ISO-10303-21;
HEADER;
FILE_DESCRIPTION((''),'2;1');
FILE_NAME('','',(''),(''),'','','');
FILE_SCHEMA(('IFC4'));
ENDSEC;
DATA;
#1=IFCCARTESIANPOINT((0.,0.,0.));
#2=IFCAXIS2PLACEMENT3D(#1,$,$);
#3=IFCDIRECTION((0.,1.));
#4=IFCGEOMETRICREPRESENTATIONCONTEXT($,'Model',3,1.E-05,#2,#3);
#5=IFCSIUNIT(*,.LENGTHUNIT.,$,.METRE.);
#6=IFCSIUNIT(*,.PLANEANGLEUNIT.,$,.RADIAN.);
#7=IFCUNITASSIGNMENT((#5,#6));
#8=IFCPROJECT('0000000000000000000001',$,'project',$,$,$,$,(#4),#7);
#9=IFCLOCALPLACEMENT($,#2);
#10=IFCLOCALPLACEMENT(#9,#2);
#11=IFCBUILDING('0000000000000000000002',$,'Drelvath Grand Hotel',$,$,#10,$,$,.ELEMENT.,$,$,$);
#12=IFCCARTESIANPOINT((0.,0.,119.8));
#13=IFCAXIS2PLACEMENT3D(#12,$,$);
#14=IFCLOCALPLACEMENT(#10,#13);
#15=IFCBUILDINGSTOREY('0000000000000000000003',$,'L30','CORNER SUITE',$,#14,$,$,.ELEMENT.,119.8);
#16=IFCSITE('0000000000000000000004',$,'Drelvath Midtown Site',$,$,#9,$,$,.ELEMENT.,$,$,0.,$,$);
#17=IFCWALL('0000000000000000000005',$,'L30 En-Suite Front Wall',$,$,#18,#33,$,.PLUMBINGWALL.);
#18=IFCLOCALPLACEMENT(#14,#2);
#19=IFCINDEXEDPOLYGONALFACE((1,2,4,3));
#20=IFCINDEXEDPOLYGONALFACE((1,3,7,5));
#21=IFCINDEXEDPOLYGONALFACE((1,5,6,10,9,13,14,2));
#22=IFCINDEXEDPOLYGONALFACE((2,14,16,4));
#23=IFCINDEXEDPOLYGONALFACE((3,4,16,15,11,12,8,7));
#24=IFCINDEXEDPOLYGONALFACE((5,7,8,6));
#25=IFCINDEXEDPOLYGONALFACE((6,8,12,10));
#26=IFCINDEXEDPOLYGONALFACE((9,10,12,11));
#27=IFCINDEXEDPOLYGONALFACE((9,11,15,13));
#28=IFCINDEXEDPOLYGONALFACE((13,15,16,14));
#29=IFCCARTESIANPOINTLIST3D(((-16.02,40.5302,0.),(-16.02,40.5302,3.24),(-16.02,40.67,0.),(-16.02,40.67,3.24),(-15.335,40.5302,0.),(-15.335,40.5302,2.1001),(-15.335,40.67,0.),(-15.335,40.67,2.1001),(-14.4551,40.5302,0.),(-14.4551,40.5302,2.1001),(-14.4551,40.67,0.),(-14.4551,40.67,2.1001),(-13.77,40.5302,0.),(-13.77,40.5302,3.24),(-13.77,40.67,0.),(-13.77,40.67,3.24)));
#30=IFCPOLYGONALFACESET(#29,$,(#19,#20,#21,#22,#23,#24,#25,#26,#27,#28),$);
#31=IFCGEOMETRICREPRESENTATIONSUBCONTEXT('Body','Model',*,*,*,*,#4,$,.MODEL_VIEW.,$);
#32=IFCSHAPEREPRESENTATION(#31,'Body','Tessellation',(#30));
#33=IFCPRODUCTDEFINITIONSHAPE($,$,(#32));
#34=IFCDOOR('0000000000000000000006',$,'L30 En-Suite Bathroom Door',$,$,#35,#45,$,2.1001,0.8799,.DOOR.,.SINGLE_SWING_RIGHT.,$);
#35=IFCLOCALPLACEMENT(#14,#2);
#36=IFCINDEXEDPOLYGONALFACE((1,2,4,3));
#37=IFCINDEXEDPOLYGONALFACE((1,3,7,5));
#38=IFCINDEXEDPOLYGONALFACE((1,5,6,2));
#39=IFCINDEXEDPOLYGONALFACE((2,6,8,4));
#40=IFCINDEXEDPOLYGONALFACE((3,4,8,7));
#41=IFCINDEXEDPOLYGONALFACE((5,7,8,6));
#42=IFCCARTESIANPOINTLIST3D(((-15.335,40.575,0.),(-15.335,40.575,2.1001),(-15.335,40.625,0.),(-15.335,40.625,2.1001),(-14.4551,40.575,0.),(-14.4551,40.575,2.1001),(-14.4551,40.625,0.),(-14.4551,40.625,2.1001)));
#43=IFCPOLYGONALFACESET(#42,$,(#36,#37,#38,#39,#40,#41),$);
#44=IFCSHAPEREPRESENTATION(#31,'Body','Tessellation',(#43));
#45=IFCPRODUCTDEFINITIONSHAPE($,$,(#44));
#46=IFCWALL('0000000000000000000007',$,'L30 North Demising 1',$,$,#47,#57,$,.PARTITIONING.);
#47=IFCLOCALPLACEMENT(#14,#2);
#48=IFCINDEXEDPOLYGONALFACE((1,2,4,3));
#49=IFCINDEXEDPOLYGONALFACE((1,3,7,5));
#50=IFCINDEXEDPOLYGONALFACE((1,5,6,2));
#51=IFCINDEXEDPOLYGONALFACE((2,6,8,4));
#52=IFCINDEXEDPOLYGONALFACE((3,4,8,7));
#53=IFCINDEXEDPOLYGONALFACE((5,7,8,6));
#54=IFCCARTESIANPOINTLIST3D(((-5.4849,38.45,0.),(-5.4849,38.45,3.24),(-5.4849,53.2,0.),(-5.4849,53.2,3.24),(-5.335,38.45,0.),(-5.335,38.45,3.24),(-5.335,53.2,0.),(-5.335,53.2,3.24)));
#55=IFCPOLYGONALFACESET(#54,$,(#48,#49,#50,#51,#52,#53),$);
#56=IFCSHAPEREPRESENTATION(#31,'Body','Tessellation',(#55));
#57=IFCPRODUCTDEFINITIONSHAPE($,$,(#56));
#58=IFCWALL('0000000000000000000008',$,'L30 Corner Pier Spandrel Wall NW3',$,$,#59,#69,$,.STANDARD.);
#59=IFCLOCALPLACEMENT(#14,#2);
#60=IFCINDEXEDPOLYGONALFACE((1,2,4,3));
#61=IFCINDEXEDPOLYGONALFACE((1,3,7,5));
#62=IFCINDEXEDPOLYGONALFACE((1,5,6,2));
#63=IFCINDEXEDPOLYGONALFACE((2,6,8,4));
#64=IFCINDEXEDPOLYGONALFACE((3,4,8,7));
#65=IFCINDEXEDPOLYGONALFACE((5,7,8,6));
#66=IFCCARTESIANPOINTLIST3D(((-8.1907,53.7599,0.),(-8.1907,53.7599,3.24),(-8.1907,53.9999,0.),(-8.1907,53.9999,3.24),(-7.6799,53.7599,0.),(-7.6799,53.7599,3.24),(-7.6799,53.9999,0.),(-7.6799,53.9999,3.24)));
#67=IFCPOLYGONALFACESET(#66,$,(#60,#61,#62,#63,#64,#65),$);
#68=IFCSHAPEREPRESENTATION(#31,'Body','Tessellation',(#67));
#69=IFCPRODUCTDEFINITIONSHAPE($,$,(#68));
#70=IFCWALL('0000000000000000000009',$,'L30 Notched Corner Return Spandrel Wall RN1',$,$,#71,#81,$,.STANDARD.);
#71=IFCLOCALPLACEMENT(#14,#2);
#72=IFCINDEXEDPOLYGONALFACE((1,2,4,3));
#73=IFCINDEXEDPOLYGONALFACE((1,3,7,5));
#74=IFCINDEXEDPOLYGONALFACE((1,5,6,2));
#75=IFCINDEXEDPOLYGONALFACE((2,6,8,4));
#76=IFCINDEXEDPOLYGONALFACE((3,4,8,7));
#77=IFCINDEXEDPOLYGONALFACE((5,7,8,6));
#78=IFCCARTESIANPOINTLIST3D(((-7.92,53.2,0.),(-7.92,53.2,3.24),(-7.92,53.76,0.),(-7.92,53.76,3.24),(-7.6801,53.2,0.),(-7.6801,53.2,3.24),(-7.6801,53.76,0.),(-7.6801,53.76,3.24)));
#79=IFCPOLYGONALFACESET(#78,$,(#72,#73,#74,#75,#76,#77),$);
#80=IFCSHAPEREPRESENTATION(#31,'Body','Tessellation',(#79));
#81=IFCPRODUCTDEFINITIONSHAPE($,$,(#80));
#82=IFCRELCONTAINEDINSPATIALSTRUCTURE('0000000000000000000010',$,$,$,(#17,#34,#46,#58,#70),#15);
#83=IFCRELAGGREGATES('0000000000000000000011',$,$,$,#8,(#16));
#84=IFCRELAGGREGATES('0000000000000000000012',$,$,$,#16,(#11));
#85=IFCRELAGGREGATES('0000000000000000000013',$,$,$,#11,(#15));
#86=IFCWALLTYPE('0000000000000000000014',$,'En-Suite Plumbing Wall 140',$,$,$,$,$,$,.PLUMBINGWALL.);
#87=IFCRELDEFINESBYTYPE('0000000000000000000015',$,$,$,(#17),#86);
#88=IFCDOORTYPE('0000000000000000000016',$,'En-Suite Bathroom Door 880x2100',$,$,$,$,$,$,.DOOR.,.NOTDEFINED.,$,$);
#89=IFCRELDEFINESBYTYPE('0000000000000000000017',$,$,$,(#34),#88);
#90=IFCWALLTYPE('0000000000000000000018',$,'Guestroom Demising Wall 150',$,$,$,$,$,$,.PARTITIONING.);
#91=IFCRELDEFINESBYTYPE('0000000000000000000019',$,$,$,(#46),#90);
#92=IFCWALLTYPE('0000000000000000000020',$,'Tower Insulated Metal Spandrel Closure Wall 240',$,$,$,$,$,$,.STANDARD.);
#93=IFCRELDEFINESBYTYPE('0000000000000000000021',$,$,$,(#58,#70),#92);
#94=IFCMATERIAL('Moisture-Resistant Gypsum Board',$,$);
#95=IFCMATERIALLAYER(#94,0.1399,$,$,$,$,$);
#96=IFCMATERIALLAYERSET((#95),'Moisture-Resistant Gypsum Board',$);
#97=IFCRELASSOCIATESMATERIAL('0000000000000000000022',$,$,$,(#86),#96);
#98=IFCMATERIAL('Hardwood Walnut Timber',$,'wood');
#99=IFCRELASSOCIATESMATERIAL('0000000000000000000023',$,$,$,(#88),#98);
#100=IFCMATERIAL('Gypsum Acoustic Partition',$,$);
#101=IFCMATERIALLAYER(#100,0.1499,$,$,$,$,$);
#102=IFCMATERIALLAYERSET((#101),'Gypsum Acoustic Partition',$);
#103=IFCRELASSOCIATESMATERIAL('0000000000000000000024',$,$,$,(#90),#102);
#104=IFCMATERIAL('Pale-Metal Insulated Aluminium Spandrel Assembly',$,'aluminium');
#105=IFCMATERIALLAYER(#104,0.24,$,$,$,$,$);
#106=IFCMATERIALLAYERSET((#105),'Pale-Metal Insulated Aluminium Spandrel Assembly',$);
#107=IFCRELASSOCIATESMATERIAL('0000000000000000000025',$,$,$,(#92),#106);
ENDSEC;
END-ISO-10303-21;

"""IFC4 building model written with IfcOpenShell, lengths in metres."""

from ifc_helpers import new_model, si_unit, direction, frame, frame_2d, origin, place, context, subcontext, project, spatial, rectangle, extrude, material, layer, layer_set, type_object, element, fill, save


model = new_model("IFC4")

# Units and contexts
model_context = context("Model", 3, precision=1e-05, world=origin(), true_north=direction((0.0, 1.0)))
body_context = subcontext(model_context, "Body", "Model", "MODEL_VIEW")
ifc_project = project(units=[si_unit("LENGTHUNIT", "METRE"), si_unit("PLANEANGLEUNIT", "RADIAN")], contexts=[model_context])

# Site, building, storey
site_placement = place(None, origin())
site = spatial("IfcSite", under=ifc_project, at=site_placement, Name="Drelvath Midtown Site", CompositionType="ELEMENT", RefElevation=0.0)
building_placement = place(site_placement, origin())
building = spatial("IfcBuilding", under=site, at=building_placement, Name="Drelvath Grand Hotel", CompositionType="ELEMENT")
storey_placement = place(building_placement, frame((0.0, 0.0, 119.8)))
storey = spatial("IfcBuildingStorey", under=building, at=storey_placement, Name="L30", Description="CORNER SUITE", CompositionType="ELEMENT", Elevation=119.8)

# Wall, opening, door
ifc_material_1 = material(Name="Moisture-Resistant Gypsum Board")
ifc_layer_1 = layer(ifc_material_1, 0.1399)
ifc_layer_set_1 = layer_set([ifc_layer_1], Name="Moisture-Resistant Gypsum Board")
wall_type_1 = type_object("IfcWallType", Name="En-Suite Plumbing Wall 140", PredefinedType="PLUMBINGWALL", material=ifc_layer_set_1)
wall_1_placement = place(storey_placement, frame((-16.02, 40.6001, 0.0), z_axis=(0.0, 0.0, 1.0), x_axis=(1.0, 0.0, 0.0)))
wall_1 = element("IfcWall", 1, at=wall_1_placement, inside=storey, type_object=wall_type_1, Name="L30 En-Suite Front Wall", PredefinedType="PLUMBINGWALL", context=body_context, shape_type="SweptSolid", body=[
    extrude(rectangle(XDim=2.25, YDim=0.1399, at=frame_2d((1.125, 0.0))), origin(), (0.0, 0.0, 1.0), 3.24),
])
opening_placement = place(wall_1_placement, frame((0.6851, 0.0, 0.0)))
opening = element("IfcOpeningElement", 2, at=opening_placement, cuts=wall_1, PredefinedType="OPENING", context=body_context, shape_type="SweptSolid", body=[
    extrude(rectangle(XDim=0.8799, YDim=2.1001, at=frame_2d((0.4399, 1.05))), frame((0.0, 0.0798, 0.0), z_axis=(0.0, -1.0, 0.0), x_axis=(1.0, 0.0, 0.0)), (0.0, 0.0, 1.0), 0.1599),
])
ifc_material_2 = material(Name="Hardwood Walnut Timber", Category="wood")
door_type = type_object("IfcDoorType", Name="En-Suite Bathroom Door 880x2100", OperationType="NOTDEFINED", PredefinedType="DOOR", material=ifc_material_2)
door_placement = place(opening_placement, origin())
door = element("IfcDoor", 3, at=door_placement, inside=storey, type_object=door_type, Name="L30 En-Suite Bathroom Door", OperationType="SINGLE_SWING_RIGHT", OverallHeight=2.1001, OverallWidth=0.8799, PredefinedType="DOOR", context=body_context, shape_type="SweptSolid", body=[
    extrude(rectangle(XDim=0.8799, YDim=2.1001, at=frame_2d((0.4399, 1.05))), frame((0.0, 0.0249, 0.0), z_axis=(0.0, -1.0, 0.0), x_axis=(1.0, 0.0, 0.0)), (0.0, 0.0, 1.0), 0.05),
])
fill(opening, door)

# Walls
ifc_material_3 = material(Name="Gypsum Acoustic Partition")
ifc_layer_2 = layer(ifc_material_3, 0.1499)
ifc_layer_set_2 = layer_set([ifc_layer_2], Name="Gypsum Acoustic Partition")
wall_type_2 = type_object("IfcWallType", Name="Guestroom Demising Wall 150", PredefinedType="PARTITIONING", material=ifc_layer_set_2)
wall_2_placement = place(storey_placement, frame((-5.4099, 38.45, 0.0), z_axis=(0.0, 0.0, 1.0), x_axis=(0.0, 1.0, 0.0)))
element("IfcWall", 4, at=wall_2_placement, inside=storey, type_object=wall_type_2, Name="L30 North Demising 1", PredefinedType="PARTITIONING", context=body_context, shape_type="SweptSolid", body=[
    extrude(rectangle(XDim=14.75, YDim=0.1499, at=frame_2d((7.375, 0.0))), origin(), (0.0, 0.0, 1.0), 3.24),
])
ifc_material_4 = material(Name="Pale-Metal Insulated Aluminium Spandrel Assembly", Category="aluminium")
ifc_layer_3 = layer(ifc_material_4, 0.24)
ifc_layer_set_3 = layer_set([ifc_layer_3], Name="Pale-Metal Insulated Aluminium Spandrel Assembly")
wall_type_3 = type_object("IfcWallType", Name="Tower Insulated Metal Spandrel Closure Wall 240", PredefinedType="STANDARD", material=ifc_layer_set_3)
wall_3_placement = place(storey_placement, frame((-8.1907, 53.8799, 0.0), z_axis=(0.0, 0.0, 1.0), x_axis=(1.0, 0.0, 0.0)))
element("IfcWall", 5, at=wall_3_placement, inside=storey, type_object=wall_type_3, Name="L30 Corner Pier Spandrel Wall NW3", PredefinedType="STANDARD", context=body_context, shape_type="SweptSolid", body=[
    extrude(rectangle(XDim=0.5107, YDim=0.24, at=frame_2d((0.2554, 0.0))), origin(), (0.0, 0.0, 1.0), 3.24),
])
wall_4_placement = place(storey_placement, frame((-7.8, 53.76, 0.0), z_axis=(0.0, 0.0, 1.0), x_axis=(0.0, -1.0, 0.0)))
element("IfcWall", 6, at=wall_4_placement, inside=storey, type_object=wall_type_3, Name="L30 Notched Corner Return Spandrel Wall RN1", PredefinedType="STANDARD", context=body_context, shape_type="SweptSolid", body=[
    extrude(rectangle(XDim=0.5601, YDim=0.24, at=frame_2d((0.28, 0.0))), origin(), (0.0, 0.0, 1.0), 3.24),
])

save(model, "model.ifc")
